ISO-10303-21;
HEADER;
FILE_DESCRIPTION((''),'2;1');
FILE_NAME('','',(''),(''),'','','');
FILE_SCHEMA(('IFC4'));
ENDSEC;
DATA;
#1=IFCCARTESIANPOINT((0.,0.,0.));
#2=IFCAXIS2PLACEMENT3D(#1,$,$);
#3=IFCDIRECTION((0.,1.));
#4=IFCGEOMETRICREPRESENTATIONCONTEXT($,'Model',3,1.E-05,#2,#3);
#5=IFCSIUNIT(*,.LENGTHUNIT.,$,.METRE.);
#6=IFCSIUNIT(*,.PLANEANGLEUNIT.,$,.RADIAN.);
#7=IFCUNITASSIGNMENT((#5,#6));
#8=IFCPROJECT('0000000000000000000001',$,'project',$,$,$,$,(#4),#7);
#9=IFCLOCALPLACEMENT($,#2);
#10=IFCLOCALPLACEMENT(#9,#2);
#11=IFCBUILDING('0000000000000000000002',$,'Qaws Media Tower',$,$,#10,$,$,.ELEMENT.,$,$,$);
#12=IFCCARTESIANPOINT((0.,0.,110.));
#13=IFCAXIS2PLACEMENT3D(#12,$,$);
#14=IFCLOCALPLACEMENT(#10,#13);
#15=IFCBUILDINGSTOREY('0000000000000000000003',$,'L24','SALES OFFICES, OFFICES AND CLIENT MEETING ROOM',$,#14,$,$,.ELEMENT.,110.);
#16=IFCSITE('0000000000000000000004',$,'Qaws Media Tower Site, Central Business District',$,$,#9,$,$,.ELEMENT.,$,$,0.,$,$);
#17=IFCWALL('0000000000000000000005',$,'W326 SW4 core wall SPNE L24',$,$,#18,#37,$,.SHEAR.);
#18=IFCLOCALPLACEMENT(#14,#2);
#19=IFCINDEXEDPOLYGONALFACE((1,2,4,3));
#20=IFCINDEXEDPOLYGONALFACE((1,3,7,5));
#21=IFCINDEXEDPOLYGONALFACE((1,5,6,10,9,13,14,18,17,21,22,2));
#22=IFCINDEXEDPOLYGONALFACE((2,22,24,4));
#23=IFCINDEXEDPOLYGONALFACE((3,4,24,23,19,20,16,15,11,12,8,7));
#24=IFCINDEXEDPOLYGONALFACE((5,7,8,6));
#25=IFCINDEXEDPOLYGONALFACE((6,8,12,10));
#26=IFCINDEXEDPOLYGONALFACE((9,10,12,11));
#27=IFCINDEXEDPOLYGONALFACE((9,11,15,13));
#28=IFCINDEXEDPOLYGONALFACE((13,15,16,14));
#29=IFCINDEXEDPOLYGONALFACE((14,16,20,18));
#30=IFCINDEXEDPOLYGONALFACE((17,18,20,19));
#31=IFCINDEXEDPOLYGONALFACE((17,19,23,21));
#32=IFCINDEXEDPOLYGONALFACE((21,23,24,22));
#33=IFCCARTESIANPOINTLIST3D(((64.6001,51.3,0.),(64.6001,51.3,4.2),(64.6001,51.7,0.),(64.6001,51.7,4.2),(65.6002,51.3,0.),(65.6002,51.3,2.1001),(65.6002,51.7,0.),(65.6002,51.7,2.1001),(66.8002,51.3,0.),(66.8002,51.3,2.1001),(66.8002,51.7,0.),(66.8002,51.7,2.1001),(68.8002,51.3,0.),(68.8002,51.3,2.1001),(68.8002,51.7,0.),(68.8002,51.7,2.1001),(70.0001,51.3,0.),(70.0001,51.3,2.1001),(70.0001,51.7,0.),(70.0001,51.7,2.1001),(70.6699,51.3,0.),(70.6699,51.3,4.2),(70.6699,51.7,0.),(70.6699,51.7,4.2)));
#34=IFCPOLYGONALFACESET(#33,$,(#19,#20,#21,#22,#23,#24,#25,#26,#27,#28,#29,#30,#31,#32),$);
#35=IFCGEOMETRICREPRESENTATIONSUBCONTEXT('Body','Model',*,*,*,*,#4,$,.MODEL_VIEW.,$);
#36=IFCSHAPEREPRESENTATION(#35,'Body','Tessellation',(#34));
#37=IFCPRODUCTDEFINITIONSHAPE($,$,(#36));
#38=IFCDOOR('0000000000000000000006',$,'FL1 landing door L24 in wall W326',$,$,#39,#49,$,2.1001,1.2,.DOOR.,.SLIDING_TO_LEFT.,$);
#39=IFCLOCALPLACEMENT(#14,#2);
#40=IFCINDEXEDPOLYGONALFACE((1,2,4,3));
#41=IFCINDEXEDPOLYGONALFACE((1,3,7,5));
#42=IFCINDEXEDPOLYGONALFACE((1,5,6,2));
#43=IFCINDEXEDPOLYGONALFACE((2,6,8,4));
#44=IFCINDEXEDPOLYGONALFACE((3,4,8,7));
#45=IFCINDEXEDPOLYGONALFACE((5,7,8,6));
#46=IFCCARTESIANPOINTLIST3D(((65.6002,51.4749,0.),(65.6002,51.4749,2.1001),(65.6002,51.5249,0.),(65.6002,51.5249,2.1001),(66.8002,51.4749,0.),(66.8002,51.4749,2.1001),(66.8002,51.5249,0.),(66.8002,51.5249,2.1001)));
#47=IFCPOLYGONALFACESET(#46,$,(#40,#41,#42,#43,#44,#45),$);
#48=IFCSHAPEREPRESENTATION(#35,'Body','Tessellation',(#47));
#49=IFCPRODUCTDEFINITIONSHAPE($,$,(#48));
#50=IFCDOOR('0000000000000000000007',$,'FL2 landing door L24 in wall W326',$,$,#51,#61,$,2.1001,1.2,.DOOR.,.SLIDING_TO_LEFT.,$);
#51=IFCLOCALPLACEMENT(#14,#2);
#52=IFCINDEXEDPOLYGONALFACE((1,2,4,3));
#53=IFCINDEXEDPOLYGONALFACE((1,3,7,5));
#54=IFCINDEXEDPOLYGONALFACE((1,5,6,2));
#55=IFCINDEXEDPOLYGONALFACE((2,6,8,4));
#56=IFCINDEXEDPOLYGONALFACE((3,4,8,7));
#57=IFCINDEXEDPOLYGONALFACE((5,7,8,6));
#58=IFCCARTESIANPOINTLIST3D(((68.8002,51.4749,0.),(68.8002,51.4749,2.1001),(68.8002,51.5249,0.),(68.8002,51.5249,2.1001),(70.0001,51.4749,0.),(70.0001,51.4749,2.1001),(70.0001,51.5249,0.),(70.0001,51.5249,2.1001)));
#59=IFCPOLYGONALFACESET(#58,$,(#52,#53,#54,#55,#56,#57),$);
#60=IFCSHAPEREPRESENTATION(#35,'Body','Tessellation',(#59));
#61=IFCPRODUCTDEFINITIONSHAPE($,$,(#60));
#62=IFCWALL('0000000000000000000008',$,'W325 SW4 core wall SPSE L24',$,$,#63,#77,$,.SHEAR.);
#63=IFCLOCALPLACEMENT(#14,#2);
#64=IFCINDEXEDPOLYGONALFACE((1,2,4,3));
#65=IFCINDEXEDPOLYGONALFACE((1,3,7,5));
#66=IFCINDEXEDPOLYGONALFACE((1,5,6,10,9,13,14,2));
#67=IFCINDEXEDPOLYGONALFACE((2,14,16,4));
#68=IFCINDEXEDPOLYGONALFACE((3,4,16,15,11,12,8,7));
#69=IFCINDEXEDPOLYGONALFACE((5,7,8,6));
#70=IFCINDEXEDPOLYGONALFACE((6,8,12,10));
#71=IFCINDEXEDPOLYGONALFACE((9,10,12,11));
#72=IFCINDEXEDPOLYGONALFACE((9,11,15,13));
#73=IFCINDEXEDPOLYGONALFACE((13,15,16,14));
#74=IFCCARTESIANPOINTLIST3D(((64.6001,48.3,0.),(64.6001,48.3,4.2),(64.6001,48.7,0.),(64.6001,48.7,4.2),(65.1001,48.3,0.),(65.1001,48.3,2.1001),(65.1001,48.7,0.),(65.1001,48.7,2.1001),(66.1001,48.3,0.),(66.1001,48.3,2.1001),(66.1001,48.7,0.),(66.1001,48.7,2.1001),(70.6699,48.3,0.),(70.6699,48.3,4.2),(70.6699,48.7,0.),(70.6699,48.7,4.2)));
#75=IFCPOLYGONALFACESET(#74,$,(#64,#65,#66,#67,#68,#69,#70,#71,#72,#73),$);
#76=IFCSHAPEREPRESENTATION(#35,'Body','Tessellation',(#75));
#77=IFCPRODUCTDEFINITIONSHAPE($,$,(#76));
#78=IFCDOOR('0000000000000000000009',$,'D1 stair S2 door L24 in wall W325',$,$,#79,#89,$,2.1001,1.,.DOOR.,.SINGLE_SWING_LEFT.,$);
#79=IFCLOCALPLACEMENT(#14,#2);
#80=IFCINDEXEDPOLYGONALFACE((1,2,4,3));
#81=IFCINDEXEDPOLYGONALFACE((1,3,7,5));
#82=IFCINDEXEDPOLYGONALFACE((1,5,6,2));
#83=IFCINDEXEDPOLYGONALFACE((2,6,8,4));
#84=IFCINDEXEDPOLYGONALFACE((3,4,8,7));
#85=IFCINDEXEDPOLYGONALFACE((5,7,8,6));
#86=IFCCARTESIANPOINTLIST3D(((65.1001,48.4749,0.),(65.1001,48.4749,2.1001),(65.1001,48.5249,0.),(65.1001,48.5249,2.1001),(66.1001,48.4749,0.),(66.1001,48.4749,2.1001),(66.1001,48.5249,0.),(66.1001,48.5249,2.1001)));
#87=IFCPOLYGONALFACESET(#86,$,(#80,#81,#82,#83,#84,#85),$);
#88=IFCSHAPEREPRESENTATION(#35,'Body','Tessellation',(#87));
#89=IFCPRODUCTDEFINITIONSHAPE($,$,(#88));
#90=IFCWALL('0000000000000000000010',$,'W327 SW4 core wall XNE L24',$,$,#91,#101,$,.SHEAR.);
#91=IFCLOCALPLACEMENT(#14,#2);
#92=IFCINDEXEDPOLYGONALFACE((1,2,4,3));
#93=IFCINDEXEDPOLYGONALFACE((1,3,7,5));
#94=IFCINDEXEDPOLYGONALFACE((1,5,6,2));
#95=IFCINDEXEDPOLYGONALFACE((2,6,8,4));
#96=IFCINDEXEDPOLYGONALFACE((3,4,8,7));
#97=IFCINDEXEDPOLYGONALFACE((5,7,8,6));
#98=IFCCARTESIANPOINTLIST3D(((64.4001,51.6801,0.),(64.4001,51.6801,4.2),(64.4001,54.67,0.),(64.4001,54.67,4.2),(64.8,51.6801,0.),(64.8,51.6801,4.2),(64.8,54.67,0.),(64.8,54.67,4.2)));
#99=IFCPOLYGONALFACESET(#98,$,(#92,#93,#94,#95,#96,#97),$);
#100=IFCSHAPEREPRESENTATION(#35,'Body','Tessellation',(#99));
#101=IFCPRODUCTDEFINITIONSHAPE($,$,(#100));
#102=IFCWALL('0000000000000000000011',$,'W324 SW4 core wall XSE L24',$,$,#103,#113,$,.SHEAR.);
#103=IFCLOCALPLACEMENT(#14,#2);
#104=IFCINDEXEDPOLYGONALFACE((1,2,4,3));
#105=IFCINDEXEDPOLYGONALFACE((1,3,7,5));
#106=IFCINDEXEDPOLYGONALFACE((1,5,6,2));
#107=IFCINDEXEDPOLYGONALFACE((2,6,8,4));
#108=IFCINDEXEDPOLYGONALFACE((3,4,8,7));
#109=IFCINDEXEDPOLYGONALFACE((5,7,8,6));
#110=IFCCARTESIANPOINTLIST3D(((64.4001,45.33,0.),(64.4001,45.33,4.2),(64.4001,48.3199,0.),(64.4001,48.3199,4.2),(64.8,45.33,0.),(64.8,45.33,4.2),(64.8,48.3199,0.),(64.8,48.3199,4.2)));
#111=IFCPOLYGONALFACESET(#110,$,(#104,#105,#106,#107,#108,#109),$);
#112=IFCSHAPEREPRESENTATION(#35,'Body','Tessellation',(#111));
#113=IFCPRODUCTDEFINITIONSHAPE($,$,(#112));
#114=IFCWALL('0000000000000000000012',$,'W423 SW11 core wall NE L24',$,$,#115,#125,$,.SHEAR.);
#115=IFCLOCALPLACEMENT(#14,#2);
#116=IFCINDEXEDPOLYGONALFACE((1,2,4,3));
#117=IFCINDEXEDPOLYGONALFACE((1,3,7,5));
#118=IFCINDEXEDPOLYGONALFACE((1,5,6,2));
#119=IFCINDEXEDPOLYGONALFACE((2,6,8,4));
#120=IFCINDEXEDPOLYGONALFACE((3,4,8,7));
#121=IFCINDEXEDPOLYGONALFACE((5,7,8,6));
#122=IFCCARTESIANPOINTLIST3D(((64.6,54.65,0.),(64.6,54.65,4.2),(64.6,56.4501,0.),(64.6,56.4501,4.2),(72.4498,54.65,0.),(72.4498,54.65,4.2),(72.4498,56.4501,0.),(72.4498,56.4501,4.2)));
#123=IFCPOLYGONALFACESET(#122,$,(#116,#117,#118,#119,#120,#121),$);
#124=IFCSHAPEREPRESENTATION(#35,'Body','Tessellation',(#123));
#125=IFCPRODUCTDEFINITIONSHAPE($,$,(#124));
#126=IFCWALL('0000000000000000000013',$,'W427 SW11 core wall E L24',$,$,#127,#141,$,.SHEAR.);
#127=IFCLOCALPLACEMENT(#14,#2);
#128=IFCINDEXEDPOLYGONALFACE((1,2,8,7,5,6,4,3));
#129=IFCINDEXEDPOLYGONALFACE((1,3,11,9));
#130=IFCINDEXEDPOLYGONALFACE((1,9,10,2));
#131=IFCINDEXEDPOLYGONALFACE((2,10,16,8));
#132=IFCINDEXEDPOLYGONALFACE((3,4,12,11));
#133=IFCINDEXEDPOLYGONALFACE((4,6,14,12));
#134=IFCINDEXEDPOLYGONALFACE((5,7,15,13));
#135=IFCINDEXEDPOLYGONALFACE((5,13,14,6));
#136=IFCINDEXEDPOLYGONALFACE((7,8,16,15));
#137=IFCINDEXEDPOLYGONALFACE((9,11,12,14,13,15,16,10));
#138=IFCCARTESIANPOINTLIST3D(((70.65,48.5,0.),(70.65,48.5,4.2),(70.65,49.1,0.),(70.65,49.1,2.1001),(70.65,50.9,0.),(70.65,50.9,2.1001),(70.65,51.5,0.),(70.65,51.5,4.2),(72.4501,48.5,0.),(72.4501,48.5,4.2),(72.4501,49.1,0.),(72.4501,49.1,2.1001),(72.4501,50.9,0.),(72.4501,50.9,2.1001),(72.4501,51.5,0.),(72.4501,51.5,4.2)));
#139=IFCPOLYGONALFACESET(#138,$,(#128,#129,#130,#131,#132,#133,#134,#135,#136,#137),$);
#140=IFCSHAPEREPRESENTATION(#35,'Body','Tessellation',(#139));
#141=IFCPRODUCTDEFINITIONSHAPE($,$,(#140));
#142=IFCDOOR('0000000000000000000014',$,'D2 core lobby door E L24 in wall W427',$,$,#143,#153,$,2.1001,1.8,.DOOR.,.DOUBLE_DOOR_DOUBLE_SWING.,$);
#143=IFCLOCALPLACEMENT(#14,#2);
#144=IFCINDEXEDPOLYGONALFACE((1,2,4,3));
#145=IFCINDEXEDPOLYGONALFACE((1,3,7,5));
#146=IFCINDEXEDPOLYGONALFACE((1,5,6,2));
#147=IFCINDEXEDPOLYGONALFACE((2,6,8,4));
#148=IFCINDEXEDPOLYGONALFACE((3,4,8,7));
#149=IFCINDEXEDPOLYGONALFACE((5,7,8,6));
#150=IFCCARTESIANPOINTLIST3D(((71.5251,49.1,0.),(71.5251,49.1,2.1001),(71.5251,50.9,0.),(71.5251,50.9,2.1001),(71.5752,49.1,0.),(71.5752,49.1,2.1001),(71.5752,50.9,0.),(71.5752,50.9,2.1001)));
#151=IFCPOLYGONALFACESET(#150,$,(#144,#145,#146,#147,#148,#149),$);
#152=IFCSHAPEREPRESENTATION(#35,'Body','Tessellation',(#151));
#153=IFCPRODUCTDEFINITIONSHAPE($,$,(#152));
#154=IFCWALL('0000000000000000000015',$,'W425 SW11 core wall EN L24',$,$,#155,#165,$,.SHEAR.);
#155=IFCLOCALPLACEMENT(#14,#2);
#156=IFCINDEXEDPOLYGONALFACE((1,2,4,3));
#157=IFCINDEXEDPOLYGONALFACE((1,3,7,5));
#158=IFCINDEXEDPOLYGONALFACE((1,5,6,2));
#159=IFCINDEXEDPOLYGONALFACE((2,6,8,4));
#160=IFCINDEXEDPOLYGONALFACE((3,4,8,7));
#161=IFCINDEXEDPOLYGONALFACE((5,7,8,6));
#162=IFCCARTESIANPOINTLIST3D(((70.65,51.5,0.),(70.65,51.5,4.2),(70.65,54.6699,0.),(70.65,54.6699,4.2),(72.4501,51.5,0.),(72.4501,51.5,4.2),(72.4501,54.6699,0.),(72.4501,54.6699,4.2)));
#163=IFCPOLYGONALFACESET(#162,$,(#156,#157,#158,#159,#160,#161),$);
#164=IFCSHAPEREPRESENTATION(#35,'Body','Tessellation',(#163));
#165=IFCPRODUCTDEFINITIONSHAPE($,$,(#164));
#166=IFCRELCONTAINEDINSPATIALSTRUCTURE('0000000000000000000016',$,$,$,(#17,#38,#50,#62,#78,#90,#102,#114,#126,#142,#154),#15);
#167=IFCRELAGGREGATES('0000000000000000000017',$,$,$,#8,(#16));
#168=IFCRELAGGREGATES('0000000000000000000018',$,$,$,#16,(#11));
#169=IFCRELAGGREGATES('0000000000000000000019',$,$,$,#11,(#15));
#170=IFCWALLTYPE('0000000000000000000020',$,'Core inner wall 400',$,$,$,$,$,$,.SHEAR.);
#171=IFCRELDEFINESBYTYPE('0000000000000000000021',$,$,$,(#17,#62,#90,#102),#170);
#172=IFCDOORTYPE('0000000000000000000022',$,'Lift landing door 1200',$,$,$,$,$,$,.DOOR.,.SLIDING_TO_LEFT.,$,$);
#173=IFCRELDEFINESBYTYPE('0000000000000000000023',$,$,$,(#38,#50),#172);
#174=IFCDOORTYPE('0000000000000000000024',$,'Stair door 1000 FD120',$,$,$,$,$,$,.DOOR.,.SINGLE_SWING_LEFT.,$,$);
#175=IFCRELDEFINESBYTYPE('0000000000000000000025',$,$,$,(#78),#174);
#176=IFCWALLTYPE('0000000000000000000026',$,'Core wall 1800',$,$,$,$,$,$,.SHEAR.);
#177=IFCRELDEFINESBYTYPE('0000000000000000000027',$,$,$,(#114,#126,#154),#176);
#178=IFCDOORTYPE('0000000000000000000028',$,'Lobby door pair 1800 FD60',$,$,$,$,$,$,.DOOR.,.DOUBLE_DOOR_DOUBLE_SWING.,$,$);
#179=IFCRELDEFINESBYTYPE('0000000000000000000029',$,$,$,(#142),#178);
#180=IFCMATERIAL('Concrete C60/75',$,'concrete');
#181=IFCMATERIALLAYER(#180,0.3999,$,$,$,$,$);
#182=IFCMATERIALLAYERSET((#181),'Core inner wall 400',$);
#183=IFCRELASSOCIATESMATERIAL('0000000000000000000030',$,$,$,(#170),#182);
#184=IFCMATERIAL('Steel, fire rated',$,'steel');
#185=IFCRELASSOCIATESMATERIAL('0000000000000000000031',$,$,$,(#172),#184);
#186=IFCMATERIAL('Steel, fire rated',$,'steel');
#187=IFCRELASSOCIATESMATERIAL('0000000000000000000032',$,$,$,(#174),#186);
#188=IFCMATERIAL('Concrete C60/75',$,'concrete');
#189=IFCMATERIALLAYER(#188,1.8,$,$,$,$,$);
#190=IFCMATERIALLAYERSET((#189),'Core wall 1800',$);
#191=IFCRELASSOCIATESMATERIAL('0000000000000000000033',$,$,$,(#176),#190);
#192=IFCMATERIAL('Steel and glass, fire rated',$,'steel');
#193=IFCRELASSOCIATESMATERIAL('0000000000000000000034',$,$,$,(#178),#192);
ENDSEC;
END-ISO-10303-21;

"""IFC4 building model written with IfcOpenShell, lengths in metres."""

from ifc_helpers import new_model, si_unit, direction, frame, frame_2d, origin, place, context, subcontext, project, spatial, rectangle, extrude, material, layer, layer_set, type_object, element, fill, save


model = new_model("IFC4")

# Units and contexts
model_context = context("Model", 3, precision=1e-05, world=origin(), true_north=direction((0.0, 1.0)))
body_context = subcontext(model_context, "Body", "Model", "MODEL_VIEW")
ifc_project = project(units=[si_unit("LENGTHUNIT", "METRE"), si_unit("PLANEANGLEUNIT", "RADIAN")], contexts=[model_context])

# Site, building, storey
site_placement = place(None, origin())
site = spatial("IfcSite", under=ifc_project, at=site_placement, Name="Qaws Media Tower Site, Central Business District", CompositionType="ELEMENT", RefElevation=0.0)
building_placement = place(site_placement, origin())
building = spatial("IfcBuilding", under=site, at=building_placement, Name="Qaws Media Tower", CompositionType="ELEMENT")
storey_placement = place(building_placement, frame((0.0, 0.0, 110.0)))
storey = spatial("IfcBuildingStorey", under=building, at=storey_placement, Name="L24", Description="SALES OFFICES, OFFICES AND CLIENT MEETING ROOM", CompositionType="ELEMENT", Elevation=110.0)

# Wall, openings, doors
ifc_material_1 = material(Name="Concrete C60/75", Category="concrete")
ifc_layer_1 = layer(ifc_material_1, 0.3999)
ifc_layer_set_1 = layer_set([ifc_layer_1], Name="Core inner wall 400")
wall_type_1 = type_object("IfcWallType", Name="Core inner wall 400", PredefinedType="SHEAR", material=ifc_layer_set_1)
wall_1_placement = place(storey_placement, frame((64.6001, 51.5, 0.0), z_axis=(0.0, 0.0, 1.0), x_axis=(1.0, 0.0, 0.0)))
wall_1 = element("IfcWall", 1, at=wall_1_placement, inside=storey, type_object=wall_type_1, Name="W326 SW4 core wall SPNE L24", PredefinedType="SHEAR", context=body_context, shape_type="SweptSolid", body=[
    extrude(rectangle(XDim=6.0698, YDim=0.3999, at=frame_2d((3.0349, 0.0))), origin(), (0.0, 0.0, 1.0), 4.2),
])
opening_1_placement = place(wall_1_placement, frame((1.0, 0.0, 0.0)))
opening_1 = element("IfcOpeningElement", 2, at=opening_1_placement, cuts=wall_1, PredefinedType="OPENING", context=body_context, shape_type="SweptSolid", body=[
    extrude(rectangle(XDim=1.2, YDim=2.1001, at=frame_2d((0.6001, 1.05))), frame((0.0, 0.21, 0.0), z_axis=(0.0, -1.0, 0.0), x_axis=(1.0, 0.0, 0.0)), (0.0, 0.0, 1.0), 0.4199),
])
opening_2_placement = place(wall_1_placement, frame((4.2, 0.0, 0.0)))
opening_2 = element("IfcOpeningElement", 3, at=opening_2_placement, cuts=wall_1, PredefinedType="OPENING", context=body_context, shape_type="SweptSolid", body=[
    extrude(rectangle(XDim=1.2, YDim=2.1001, at=frame_2d((0.6001, 1.05))), frame((0.0, 0.21, 0.0), z_axis=(0.0, -1.0, 0.0), x_axis=(1.0, 0.0, 0.0)), (0.0, 0.0, 1.0), 0.4199),
])
ifc_material_2 = material(Name="Steel, fire rated", Category="steel")
door_type_1 = type_object("IfcDoorType", Name="Lift landing door 1200", OperationType="SLIDING_TO_LEFT", PredefinedType="DOOR", material=ifc_material_2)
door_1_placement = place(opening_1_placement, origin())
door_1 = element("IfcDoor", 4, at=door_1_placement, inside=storey, type_object=door_type_1, Name="FL1 landing door L24 in wall W326", OperationType="SLIDING_TO_LEFT", OverallHeight=2.1001, OverallWidth=1.2, PredefinedType="DOOR", context=body_context, shape_type="SweptSolid", body=[
    extrude(rectangle(XDim=1.2, YDim=2.1001, at=frame_2d((0.6001, 1.05))), frame((0.0, 0.0249, 0.0), z_axis=(0.0, -1.0, 0.0), x_axis=(1.0, 0.0, 0.0)), (0.0, 0.0, 1.0), 0.05),
])
fill(opening_1, door_1)
door_2_placement = place(opening_2_placement, origin())
door_2 = element("IfcDoor", 5, at=door_2_placement, inside=storey, type_object=door_type_1, Name="FL2 landing door L24 in wall W326", OperationType="SLIDING_TO_LEFT", OverallHeight=2.1001, OverallWidth=1.2, PredefinedType="DOOR", context=body_context, shape_type="SweptSolid", body=[
    extrude(rectangle(XDim=1.2, YDim=2.1001, at=frame_2d((0.6001, 1.05))), frame((0.0, 0.0249, 0.0), z_axis=(0.0, -1.0, 0.0), x_axis=(1.0, 0.0, 0.0)), (0.0, 0.0, 1.0), 0.05),
])
fill(opening_2, door_2)

# Wall, opening, door
wall_2_placement = place(storey_placement, frame((64.6001, 48.5, 0.0), z_axis=(0.0, 0.0, 1.0), x_axis=(1.0, 0.0, 0.0)))
wall_2 = element("IfcWall", 6, at=wall_2_placement, inside=storey, type_object=wall_type_1, Name="W325 SW4 core wall SPSE L24", PredefinedType="SHEAR", context=body_context, shape_type="SweptSolid", body=[
    extrude(rectangle(XDim=6.0698, YDim=0.3999, at=frame_2d((3.0349, 0.0))), origin(), (0.0, 0.0, 1.0), 4.2),
])
opening_3_placement = place(wall_2_placement, frame((0.5, 0.0, 0.0)))
opening_3 = element("IfcOpeningElement", 7, at=opening_3_placement, cuts=wall_2, PredefinedType="OPENING", context=body_context, shape_type="SweptSolid", body=[
    extrude(rectangle(XDim=1.0, YDim=2.1001, at=frame_2d((0.5, 1.05))), frame((0.0, 0.21, 0.0), z_axis=(0.0, -1.0, 0.0), x_axis=(1.0, 0.0, 0.0)), (0.0, 0.0, 1.0), 0.4199),
])
ifc_material_3 = material(Name="Steel, fire rated", Category="steel")
door_type_2 = type_object("IfcDoorType", Name="Stair door 1000 FD120", OperationType="SINGLE_SWING_LEFT", PredefinedType="DOOR", material=ifc_material_3)
door_3_placement = place(opening_3_placement, origin())
door_3 = element("IfcDoor", 8, at=door_3_placement, inside=storey, type_object=door_type_2, Name="D1 stair S2 door L24 in wall W325", OperationType="SINGLE_SWING_LEFT", OverallHeight=2.1001, OverallWidth=1.0, PredefinedType="DOOR", context=body_context, shape_type="SweptSolid", body=[
    extrude(rectangle(XDim=1.0, YDim=2.1001, at=frame_2d((0.5, 1.05))), frame((0.0, 0.0249, 0.0), z_axis=(0.0, -1.0, 0.0), x_axis=(1.0, 0.0, 0.0)), (0.0, 0.0, 1.0), 0.05),
])
fill(opening_3, door_3)

# Walls
for number, where, z_axis, x_axis, name in (
    (9, (64.6001, 51.6799, 0.0), (0.0, 0.0, 1.0), (0.0, 1.0, 0.0), "W327 SW4 core wall XNE L24"),
    (10, (64.6001, 48.3201, 0.0), (0.0, 0.0, 1.0), (0.0, -1.0, 0.0), "W324 SW4 core wall XSE L24"),
):
    element("IfcWall", number, at=place(storey_placement, frame(where, z_axis=z_axis, x_axis=x_axis)), inside=storey, type_object=wall_type_1, Name=name, PredefinedType="SHEAR", context=body_context, shape_type="SweptSolid", body=[
        extrude(rectangle(XDim=2.99, YDim=0.3999, at=frame_2d((1.4951, 0.0))), origin(), (0.0, 0.0, 1.0), 4.2),
    ])
ifc_material_4 = material(Name="Concrete C60/75", Category="concrete")
ifc_layer_2 = layer(ifc_material_4, 1.8)
ifc_layer_set_2 = layer_set([ifc_layer_2], Name="Core wall 1800")
wall_type_2 = type_object("IfcWallType", Name="Core wall 1800", PredefinedType="SHEAR", material=ifc_layer_set_2)
wall_3_placement = place(storey_placement, frame((64.6001, 55.55, 0.0), z_axis=(0.0, 0.0, 1.0), x_axis=(1.0, 0.0, 0.0)))
element("IfcWall", 11, at=wall_3_placement, inside=storey, type_object=wall_type_2, Name="W423 SW11 core wall NE L24", PredefinedType="SHEAR", context=body_context, shape_type="SweptSolid", body=[
    extrude(rectangle(XDim=7.8499, YDim=1.8, at=frame_2d((3.9248, 0.0))), origin(), (0.0, 0.0, 1.0), 4.2),
])

# Wall, opening, door
wall_4_placement = place(storey_placement, frame((71.55, 48.5, 0.0), z_axis=(0.0, 0.0, 1.0), x_axis=(0.0, 1.0, 0.0)))
wall_4 = element("IfcWall", 12, at=wall_4_placement, inside=storey, type_object=wall_type_2, Name="W427 SW11 core wall E L24", PredefinedType="SHEAR", context=body_context, shape_type="SweptSolid", body=[
    extrude(rectangle(XDim=3.0, YDim=1.8, at=frame_2d((1.5, 0.0))), origin(), (0.0, 0.0, 1.0), 4.2),
])
opening_4_placement = place(wall_4_placement, frame((0.6001, 0.0, 0.0)))
opening_4 = element("IfcOpeningElement", 13, at=opening_4_placement, cuts=wall_4, PredefinedType="OPENING", context=body_context, shape_type="SweptSolid", body=[
    extrude(rectangle(XDim=1.8, YDim=2.1001, at=frame_2d((0.8999, 1.05))), frame((0.0, 0.9099, 0.0), z_axis=(0.0, -1.0, 0.0), x_axis=(1.0, 0.0, 0.0)), (0.0, 0.0, 1.0), 1.8201),
])
ifc_material_5 = material(Name="Steel and glass, fire rated", Category="steel")
door_type_3 = type_object("IfcDoorType", Name="Lobby door pair 1800 FD60", OperationType="DOUBLE_DOOR_DOUBLE_SWING", PredefinedType="DOOR", material=ifc_material_5)
door_4_placement = place(opening_4_placement, origin())
door_4 = element("IfcDoor", 14, at=door_4_placement, inside=storey, type_object=door_type_3, Name="D2 core lobby door E L24 in wall W427", OperationType="DOUBLE_DOOR_DOUBLE_SWING", OverallHeight=2.1001, OverallWidth=1.8, PredefinedType="DOOR", context=body_context, shape_type="SweptSolid", body=[
    extrude(rectangle(XDim=1.8, YDim=2.1001, at=frame_2d((0.8999, 1.05))), frame((0.0, 0.0249, 0.0), z_axis=(0.0, -1.0, 0.0), x_axis=(1.0, 0.0, 0.0)), (0.0, 0.0, 1.0), 0.05),
])
fill(opening_4, door_4)

# Wall
wall_5_placement = place(storey_placement, frame((71.55, 51.5, 0.0), z_axis=(0.0, 0.0, 1.0), x_axis=(0.0, 1.0, 0.0)))
element("IfcWall", 15, at=wall_5_placement, inside=storey, type_object=wall_type_2, Name="W425 SW11 core wall EN L24", PredefinedType="SHEAR", context=body_context, shape_type="SweptSolid", body=[
    extrude(rectangle(XDim=3.1699, YDim=1.8, at=frame_2d((1.585, 0.0))), origin(), (0.0, 0.0, 1.0), 4.2),
])

save(model, "model.ifc")
